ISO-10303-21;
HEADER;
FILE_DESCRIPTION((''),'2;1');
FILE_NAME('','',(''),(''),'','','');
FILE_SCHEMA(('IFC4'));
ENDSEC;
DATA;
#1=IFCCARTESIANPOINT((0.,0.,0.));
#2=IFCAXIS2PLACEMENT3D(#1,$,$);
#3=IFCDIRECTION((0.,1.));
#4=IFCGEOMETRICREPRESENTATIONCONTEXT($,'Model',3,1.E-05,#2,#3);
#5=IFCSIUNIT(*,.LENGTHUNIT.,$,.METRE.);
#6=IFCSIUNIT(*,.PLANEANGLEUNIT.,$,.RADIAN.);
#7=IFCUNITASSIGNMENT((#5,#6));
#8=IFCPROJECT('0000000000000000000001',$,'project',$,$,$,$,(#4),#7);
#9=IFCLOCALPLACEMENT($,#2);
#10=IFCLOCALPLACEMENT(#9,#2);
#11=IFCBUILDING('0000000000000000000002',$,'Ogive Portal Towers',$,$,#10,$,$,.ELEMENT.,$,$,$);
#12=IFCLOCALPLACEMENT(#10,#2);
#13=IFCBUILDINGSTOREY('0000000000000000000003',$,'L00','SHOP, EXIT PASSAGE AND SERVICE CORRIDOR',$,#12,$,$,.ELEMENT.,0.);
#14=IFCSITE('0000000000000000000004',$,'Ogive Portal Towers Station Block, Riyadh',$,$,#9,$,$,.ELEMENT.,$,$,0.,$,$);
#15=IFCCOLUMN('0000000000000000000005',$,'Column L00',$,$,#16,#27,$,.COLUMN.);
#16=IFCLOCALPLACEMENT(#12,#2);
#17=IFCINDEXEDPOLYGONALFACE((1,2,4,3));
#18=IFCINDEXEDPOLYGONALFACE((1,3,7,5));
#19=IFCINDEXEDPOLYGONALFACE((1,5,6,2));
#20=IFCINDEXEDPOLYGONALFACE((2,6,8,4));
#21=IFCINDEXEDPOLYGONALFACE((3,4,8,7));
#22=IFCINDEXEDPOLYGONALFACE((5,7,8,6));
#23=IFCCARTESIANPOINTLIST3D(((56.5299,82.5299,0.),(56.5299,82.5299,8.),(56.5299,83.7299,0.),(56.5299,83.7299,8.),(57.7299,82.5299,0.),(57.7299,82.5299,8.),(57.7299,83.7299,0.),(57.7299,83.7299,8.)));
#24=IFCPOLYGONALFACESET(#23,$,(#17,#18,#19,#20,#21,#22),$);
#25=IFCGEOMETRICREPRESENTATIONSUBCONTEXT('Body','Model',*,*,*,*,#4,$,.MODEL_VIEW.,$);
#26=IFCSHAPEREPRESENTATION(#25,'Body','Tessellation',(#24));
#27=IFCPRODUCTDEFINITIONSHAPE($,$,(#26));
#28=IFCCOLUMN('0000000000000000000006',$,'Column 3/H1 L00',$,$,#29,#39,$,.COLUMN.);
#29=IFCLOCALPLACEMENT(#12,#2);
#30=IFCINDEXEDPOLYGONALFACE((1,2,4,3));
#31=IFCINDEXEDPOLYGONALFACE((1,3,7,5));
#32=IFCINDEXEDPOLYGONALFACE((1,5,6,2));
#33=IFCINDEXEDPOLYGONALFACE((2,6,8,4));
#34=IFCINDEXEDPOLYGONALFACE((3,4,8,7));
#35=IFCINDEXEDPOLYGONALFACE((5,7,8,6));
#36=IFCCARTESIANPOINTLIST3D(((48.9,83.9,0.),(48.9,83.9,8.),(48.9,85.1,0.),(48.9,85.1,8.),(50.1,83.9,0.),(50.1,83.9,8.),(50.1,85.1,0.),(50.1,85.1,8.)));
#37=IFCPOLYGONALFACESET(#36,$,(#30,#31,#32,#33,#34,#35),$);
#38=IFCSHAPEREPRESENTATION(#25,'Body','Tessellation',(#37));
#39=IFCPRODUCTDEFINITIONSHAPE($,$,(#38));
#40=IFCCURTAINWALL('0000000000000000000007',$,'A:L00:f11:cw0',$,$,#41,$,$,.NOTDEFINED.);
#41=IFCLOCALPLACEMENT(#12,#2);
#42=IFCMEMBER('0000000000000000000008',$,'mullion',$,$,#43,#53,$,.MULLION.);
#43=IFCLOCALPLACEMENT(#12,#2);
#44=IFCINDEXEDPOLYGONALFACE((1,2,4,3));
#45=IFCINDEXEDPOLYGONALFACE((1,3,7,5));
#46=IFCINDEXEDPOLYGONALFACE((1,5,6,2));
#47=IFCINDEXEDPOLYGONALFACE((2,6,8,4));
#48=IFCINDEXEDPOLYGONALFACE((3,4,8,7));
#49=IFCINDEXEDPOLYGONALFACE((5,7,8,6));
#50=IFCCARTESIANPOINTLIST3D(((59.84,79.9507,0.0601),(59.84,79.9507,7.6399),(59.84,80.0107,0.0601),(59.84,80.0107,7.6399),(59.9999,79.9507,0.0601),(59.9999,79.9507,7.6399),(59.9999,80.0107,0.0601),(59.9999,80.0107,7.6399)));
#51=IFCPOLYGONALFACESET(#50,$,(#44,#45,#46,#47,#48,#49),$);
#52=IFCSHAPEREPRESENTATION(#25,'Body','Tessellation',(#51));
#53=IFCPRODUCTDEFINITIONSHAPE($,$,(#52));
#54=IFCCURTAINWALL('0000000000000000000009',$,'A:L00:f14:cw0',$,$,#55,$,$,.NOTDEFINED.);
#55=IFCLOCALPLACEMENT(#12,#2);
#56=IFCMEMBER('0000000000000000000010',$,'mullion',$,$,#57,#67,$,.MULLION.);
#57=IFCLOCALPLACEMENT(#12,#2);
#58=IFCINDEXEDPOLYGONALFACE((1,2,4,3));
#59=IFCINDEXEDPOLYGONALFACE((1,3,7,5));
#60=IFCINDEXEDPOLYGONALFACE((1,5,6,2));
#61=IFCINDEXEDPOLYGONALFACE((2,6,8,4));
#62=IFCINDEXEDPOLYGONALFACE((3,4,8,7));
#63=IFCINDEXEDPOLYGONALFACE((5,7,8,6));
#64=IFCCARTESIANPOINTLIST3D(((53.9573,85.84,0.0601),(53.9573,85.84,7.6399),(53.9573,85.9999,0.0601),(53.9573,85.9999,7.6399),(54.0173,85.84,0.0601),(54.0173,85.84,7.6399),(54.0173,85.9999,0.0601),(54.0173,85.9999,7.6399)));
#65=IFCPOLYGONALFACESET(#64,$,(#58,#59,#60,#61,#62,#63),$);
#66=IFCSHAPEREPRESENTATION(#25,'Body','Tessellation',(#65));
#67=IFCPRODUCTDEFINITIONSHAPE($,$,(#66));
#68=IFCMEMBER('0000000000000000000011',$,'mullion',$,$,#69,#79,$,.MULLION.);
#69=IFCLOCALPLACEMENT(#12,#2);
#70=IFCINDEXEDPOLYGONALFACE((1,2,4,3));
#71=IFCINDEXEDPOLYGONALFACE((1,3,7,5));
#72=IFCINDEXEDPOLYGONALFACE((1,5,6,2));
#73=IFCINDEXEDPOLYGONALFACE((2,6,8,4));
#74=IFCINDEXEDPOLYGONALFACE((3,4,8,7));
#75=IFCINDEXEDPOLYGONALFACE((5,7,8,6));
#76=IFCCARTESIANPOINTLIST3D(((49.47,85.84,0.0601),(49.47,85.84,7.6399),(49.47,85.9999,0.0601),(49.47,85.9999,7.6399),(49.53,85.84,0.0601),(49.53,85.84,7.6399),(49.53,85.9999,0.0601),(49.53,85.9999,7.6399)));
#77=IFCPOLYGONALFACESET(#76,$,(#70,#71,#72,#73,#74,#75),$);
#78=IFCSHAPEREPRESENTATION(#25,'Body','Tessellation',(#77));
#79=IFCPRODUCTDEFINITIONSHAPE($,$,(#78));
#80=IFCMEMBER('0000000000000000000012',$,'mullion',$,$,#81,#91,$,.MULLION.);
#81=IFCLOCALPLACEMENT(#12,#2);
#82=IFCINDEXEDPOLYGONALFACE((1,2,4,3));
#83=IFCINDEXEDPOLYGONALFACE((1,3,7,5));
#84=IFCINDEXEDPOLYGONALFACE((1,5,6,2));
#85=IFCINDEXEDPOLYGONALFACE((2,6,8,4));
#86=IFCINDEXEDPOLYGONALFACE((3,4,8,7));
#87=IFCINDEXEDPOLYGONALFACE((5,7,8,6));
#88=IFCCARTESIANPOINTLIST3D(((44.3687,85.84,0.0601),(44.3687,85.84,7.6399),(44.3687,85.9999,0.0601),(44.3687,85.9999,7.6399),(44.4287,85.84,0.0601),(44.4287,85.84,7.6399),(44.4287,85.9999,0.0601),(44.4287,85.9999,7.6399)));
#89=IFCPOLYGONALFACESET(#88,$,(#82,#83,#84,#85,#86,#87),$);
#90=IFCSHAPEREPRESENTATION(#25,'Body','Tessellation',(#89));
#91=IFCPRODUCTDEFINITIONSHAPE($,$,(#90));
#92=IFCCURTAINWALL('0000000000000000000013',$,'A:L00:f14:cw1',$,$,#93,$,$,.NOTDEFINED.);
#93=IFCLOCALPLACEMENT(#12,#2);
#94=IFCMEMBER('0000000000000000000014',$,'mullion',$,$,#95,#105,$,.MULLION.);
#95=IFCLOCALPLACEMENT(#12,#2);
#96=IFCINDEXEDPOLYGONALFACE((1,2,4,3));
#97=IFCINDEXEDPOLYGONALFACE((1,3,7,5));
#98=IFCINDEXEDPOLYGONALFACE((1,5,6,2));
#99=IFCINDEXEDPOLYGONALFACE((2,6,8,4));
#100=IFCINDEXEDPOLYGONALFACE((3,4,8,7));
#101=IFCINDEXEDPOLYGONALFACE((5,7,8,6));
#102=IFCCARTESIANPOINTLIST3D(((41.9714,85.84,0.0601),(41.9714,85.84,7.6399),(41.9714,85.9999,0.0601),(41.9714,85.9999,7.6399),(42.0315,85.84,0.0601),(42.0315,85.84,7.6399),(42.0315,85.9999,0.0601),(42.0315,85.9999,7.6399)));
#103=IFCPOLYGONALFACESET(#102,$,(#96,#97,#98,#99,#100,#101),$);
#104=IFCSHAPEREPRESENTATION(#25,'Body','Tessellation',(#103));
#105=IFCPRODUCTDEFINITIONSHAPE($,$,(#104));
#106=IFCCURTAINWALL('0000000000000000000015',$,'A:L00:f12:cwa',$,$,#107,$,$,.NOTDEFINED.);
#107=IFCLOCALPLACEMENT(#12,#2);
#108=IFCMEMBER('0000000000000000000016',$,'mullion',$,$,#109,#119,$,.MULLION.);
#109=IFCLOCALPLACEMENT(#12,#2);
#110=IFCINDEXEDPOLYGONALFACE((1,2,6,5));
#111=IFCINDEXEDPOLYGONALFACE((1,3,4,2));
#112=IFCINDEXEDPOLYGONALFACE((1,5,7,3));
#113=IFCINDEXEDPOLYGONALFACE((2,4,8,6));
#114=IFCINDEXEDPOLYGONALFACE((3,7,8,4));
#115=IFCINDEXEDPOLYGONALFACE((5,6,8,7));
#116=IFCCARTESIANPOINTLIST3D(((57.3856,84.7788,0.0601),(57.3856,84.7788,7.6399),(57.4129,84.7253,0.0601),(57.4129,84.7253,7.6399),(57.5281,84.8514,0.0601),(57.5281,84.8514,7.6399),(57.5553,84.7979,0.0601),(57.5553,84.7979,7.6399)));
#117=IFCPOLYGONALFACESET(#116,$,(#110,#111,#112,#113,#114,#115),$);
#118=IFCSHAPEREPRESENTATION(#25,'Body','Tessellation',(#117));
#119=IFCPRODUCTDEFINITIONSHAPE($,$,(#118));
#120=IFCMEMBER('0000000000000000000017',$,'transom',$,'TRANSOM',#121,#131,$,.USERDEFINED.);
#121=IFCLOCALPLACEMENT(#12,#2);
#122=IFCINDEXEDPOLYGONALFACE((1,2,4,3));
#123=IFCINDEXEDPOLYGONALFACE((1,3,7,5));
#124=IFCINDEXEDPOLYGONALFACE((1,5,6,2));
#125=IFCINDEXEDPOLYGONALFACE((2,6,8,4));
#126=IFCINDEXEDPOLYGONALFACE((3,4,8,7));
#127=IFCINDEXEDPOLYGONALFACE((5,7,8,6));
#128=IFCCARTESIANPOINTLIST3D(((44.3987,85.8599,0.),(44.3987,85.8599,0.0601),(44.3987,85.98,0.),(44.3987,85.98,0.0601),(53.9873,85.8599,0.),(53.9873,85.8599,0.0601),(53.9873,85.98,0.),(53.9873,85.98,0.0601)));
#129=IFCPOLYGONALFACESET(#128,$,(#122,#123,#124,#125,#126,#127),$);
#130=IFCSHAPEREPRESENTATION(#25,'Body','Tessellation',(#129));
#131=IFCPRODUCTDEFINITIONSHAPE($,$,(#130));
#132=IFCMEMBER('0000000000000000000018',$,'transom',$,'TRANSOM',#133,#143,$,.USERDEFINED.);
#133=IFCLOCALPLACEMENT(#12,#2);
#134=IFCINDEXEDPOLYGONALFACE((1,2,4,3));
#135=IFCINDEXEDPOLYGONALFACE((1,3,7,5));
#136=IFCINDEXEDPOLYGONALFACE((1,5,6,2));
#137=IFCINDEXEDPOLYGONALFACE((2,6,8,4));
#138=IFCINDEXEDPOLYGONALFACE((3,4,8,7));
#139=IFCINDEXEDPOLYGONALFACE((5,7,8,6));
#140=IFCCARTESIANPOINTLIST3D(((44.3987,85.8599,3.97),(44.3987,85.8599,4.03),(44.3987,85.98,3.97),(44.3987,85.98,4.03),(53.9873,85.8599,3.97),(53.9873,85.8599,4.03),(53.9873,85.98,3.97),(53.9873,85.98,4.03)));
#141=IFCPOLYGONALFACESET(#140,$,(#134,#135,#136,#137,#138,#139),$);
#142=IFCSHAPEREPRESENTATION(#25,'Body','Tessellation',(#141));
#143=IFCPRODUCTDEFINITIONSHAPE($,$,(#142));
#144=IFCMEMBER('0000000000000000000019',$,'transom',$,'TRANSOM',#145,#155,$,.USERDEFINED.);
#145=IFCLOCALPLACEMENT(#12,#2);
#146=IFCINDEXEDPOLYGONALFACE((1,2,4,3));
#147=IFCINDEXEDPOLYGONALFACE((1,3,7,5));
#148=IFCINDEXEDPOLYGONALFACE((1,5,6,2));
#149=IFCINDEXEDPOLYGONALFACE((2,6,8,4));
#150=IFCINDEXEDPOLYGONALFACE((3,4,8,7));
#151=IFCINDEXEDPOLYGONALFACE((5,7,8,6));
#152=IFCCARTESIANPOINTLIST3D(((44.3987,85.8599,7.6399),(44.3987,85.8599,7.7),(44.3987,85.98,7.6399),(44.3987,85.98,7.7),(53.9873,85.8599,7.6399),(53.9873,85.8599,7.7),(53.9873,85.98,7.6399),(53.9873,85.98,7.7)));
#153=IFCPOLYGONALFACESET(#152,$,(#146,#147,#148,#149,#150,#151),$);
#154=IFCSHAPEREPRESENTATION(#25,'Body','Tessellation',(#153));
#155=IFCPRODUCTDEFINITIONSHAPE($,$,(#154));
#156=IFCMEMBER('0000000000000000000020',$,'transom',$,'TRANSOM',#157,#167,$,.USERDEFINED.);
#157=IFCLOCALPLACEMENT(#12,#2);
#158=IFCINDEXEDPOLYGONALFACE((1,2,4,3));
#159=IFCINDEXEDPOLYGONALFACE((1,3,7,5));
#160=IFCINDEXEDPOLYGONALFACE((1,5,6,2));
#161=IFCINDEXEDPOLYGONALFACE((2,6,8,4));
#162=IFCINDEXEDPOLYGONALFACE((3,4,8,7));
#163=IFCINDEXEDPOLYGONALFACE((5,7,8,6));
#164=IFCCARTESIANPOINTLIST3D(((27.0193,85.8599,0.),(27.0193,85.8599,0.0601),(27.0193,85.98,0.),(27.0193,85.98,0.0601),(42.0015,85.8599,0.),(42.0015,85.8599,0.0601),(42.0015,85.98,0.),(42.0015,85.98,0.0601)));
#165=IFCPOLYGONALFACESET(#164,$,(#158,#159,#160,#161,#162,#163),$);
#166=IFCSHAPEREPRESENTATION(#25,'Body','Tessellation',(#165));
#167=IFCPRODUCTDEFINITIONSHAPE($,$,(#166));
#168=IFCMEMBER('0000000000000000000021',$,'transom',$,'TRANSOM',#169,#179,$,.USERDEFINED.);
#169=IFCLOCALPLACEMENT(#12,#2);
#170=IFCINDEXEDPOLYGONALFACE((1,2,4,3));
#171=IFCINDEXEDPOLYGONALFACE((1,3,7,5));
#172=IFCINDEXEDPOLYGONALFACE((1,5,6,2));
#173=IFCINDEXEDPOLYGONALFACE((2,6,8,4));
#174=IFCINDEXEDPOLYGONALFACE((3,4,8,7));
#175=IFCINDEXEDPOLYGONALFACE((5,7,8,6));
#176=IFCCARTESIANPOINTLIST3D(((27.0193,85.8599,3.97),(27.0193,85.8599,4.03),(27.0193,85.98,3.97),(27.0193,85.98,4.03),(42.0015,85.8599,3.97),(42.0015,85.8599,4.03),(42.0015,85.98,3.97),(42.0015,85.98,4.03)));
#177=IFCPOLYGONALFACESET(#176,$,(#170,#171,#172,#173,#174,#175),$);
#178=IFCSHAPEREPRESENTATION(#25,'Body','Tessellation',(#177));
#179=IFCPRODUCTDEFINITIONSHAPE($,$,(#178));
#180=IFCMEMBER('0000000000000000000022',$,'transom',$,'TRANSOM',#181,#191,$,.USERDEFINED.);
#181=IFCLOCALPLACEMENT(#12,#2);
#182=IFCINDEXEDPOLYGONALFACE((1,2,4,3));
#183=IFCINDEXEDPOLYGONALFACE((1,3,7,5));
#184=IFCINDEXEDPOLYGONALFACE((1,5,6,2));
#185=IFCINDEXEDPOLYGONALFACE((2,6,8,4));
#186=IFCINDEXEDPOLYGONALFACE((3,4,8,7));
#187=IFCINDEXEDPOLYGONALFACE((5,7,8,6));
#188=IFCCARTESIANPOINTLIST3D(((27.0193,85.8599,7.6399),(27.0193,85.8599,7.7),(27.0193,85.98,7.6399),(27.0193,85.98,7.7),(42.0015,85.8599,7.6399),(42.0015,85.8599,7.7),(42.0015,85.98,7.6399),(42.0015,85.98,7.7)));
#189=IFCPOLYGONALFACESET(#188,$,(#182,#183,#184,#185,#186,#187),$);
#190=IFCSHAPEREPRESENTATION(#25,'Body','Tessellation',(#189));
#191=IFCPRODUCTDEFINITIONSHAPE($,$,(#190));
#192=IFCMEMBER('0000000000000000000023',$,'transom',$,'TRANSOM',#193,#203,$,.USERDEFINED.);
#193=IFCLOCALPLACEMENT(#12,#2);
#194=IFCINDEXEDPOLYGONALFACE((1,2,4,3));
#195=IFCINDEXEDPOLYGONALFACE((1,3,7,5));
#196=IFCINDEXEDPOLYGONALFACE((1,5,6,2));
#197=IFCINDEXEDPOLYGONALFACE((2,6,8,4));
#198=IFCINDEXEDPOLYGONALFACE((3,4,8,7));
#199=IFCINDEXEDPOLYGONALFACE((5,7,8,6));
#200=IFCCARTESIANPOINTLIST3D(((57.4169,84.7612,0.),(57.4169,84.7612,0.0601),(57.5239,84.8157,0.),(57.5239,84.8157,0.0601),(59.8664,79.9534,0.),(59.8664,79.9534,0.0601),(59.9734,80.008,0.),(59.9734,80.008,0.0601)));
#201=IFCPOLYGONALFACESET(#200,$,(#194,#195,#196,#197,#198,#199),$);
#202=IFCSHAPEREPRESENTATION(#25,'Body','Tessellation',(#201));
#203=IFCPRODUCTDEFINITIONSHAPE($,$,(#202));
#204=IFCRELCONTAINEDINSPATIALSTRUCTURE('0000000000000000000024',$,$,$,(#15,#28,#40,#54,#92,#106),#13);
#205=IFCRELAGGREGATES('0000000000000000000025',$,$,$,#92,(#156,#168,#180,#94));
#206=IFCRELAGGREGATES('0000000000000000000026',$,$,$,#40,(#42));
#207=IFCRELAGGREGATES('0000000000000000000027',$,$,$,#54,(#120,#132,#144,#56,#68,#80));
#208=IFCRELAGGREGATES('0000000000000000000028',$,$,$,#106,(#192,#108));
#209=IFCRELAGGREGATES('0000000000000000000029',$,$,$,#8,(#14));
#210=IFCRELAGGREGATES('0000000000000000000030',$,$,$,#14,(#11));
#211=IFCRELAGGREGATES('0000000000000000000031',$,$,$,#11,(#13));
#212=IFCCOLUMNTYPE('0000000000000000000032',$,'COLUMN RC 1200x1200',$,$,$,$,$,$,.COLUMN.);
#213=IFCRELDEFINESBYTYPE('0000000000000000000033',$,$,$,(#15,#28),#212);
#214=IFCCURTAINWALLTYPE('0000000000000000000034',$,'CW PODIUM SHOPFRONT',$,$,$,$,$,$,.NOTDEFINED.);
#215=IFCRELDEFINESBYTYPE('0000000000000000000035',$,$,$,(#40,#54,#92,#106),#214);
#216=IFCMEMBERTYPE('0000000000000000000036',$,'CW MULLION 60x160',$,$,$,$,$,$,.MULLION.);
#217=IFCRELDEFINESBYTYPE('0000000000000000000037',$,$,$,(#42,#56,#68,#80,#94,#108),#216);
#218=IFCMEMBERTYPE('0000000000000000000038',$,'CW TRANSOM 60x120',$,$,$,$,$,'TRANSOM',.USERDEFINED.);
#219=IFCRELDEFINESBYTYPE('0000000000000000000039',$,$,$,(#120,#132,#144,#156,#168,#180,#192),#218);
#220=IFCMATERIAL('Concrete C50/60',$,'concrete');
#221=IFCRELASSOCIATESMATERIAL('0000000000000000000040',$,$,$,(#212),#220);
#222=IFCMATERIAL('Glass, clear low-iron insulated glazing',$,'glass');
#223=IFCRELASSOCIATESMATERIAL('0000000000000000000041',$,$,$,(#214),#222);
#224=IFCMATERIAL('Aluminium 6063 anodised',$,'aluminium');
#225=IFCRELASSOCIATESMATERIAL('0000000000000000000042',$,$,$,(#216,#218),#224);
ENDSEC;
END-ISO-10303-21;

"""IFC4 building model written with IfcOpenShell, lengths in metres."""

from ifc_helpers import new_model, si_unit, direction, frame, origin, origin_2d, place, context, subcontext, project, spatial, rectangle, extrude, material, material_profile, profile_set, type_object, element, aggregate, save


model = new_model("IFC4")

# Units and contexts
model_context = context("Model", 3, precision=1e-05, world=origin(), true_north=direction((0.0, 1.0)))
body_context = subcontext(model_context, "Body", "Model", "MODEL_VIEW")
ifc_project = project(units=[si_unit("LENGTHUNIT", "METRE"), si_unit("PLANEANGLEUNIT", "RADIAN")], contexts=[model_context])

# Site, building, storey
site_placement = place(None, origin())
site = spatial("IfcSite", under=ifc_project, at=site_placement, Name="Ogive Portal Towers Station Block, Riyadh", CompositionType="ELEMENT", RefElevation=0.0)
building_placement = place(site_placement, origin())
building = spatial("IfcBuilding", under=site, at=building_placement, Name="Ogive Portal Towers", CompositionType="ELEMENT")
storey_placement = place(building_placement, origin())
storey = spatial("IfcBuildingStorey", under=building, at=storey_placement, Name="L00", Description="SHOP, EXIT PASSAGE AND SERVICE CORRIDOR", CompositionType="ELEMENT", Elevation=0.0)

# Columns
ifc_material_1 = material(Name="Concrete C50/60", Category="concrete")
ifc_material_profile_1 = material_profile(ifc_material_1, rectangle(XDim=1.2, YDim=1.2, at=origin_2d()), Name="RC 1200x1200")
ifc_profile_set_1 = profile_set([ifc_material_profile_1], Name="Concrete C50/60")
column_type = type_object("IfcColumnType", Name="COLUMN RC 1200x1200", PredefinedType="COLUMN", material=ifc_profile_set_1)
for number, where, z_axis, x_axis, name in (
    (1, (57.1299, 83.1299, 0.0), (0.0, 0.0, 1.0), (1.0, 0.0, 0.0), "Column L00"),
    (2, (49.5, 84.5, 0.0), (0.0, 0.0, 1.0), (1.0, 0.0, 0.0), "Column 3/H1 L00"),
):
    element("IfcColumn", number, at=place(storey_placement, frame(where, z_axis=z_axis, x_axis=x_axis)), inside=storey, type_object=column_type, Name=name, PredefinedType="COLUMN", context=body_context, shape_type="SweptSolid", body=[
        extrude(rectangle(XDim=1.2, YDim=1.2, at=origin_2d()), origin(), (0.0, 0.0, 1.0), 8.0),
    ])

# Curtain wall, member
ifc_material_2 = material(Name="Glass, clear low-iron insulated glazing", Category="glass")
curtain_wall_type = type_object("IfcCurtainWallType", Name="CW PODIUM SHOPFRONT", PredefinedType="NOTDEFINED", material=ifc_material_2)
curtain_wall_1_placement = place(storey_placement, origin())
curtain_wall_1 = element("IfcCurtainWall", 3, at=curtain_wall_1_placement, inside=storey, type_object=curtain_wall_type, Name="A:L00:f11:cw0", PredefinedType="NOTDEFINED")
ifc_material_3 = material(Name="Aluminium 6063 anodised", Category="aluminium")
ifc_material_profile_2 = material_profile(ifc_material_3, rectangle(XDim=0.1599, YDim=0.0601, at=origin_2d()), Name="AL 60x160")
ifc_profile_set_2 = profile_set([ifc_material_profile_2], Name="Aluminium 6063 anodised")
member_type_1 = type_object("IfcMemberType", Name="CW MULLION 60x160", PredefinedType="MULLION", material=ifc_profile_set_2)
member_1_placement = place(storey_placement, frame((59.9199, 79.9807, 0.0601), z_axis=(0.0, 0.0, 1.0), x_axis=(-1.0, 0.0, 0.0)))
member_1 = element("IfcMember", 4, at=member_1_placement, type_object=member_type_1, Name="mullion", PredefinedType="MULLION", context=body_context, shape_type="SweptSolid", body=[
    extrude(rectangle(XDim=0.1599, YDim=0.0601, at=origin_2d()), origin(), (0.0, 0.0, 1.0), 7.5798),
])

# Curtain wall, members
curtain_wall_2_placement = place(storey_placement, origin())
curtain_wall_2 = element("IfcCurtainWall", 5, at=curtain_wall_2_placement, inside=storey, type_object=curtain_wall_type, Name="A:L00:f14:cw0", PredefinedType="NOTDEFINED")
member_2_placement = place(storey_placement, frame((53.9873, 85.9199, 0.0601), z_axis=(0.0, 0.0, 1.0), x_axis=(0.0, -1.0, 0.0)))
member_2 = element("IfcMember", 6, at=member_2_placement, type_object=member_type_1, Name="mullion", PredefinedType="MULLION", context=body_context, shape_type="SweptSolid", body=[
    extrude(rectangle(XDim=0.1599, YDim=0.0601, at=origin_2d()), origin(), (0.0, 0.0, 1.0), 7.5798),
])
member_3_placement = place(storey_placement, frame((49.5, 85.9199, 0.0601), z_axis=(0.0, 0.0, 1.0), x_axis=(0.0, -1.0, 0.0)))
member_3 = element("IfcMember", 7, at=member_3_placement, type_object=member_type_1, Name="mullion", PredefinedType="MULLION", context=body_context, shape_type="SweptSolid", body=[
    extrude(rectangle(XDim=0.1599, YDim=0.0601, at=origin_2d()), origin(), (0.0, 0.0, 1.0), 7.5798),
])
member_4_placement = place(storey_placement, frame((44.3987, 85.9199, 0.0601), z_axis=(0.0, 0.0, 1.0), x_axis=(0.0, -1.0, 0.0)))
member_4 = element("IfcMember", 8, at=member_4_placement, type_object=member_type_1, Name="mullion", PredefinedType="MULLION", context=body_context, shape_type="SweptSolid", body=[
    extrude(rectangle(XDim=0.1599, YDim=0.0601, at=origin_2d()), origin(), (0.0, 0.0, 1.0), 7.5798),
])

# Curtain walls, members
curtain_wall_3_placement = place(storey_placement, origin())
curtain_wall_3 = element("IfcCurtainWall", 9, at=curtain_wall_3_placement, inside=storey, type_object=curtain_wall_type, Name="A:L00:f14:cw1", PredefinedType="NOTDEFINED")
member_5_placement = place(storey_placement, frame((42.0015, 85.9199, 0.0601), z_axis=(0.0, 0.0, 1.0), x_axis=(0.0, -1.0, 0.0)))
member_5 = element("IfcMember", 10, at=member_5_placement, type_object=member_type_1, Name="mullion", PredefinedType="MULLION", context=body_context, shape_type="SweptSolid", body=[
    extrude(rectangle(XDim=0.1599, YDim=0.0601, at=origin_2d()), origin(), (0.0, 0.0, 1.0), 7.5798),
])
curtain_wall_4_placement = place(storey_placement, origin())
curtain_wall_4 = element("IfcCurtainWall", 11, at=curtain_wall_4_placement, inside=storey, type_object=curtain_wall_type, Name="A:L00:f12:cwa", PredefinedType="NOTDEFINED")
member_6_placement = place(storey_placement, frame((57.4705, 84.7883, 0.0601), z_axis=(0.0, 0.0, 1.0), x_axis=(-0.891007, -0.45399, 0.0)))
member_6 = element("IfcMember", 12, at=member_6_placement, type_object=member_type_1, Name="mullion", PredefinedType="MULLION", context=body_context, shape_type="SweptSolid", body=[
    extrude(rectangle(XDim=0.1599, YDim=0.0601, at=origin_2d()), origin(), (0.0, 0.0, 1.0), 7.5798),
])

# Members
ifc_material_profile_3 = material_profile(ifc_material_3, rectangle(XDim=0.1201, YDim=0.0601, at=origin_2d()), Name="AL 120x60")
ifc_profile_set_3 = profile_set([ifc_material_profile_3], Name="Aluminium 6063 anodised")
member_type_2 = type_object("IfcMemberType", Name="CW TRANSOM 60x120", ElementType="TRANSOM", PredefinedType="USERDEFINED", material=ifc_profile_set_3)
member_7_placement = place(storey_placement, frame((53.9873, 85.9199, 0.03), z_axis=(-1.0, 0.0, 0.0), x_axis=(0.0, -1.0, 0.0)))
member_7 = element("IfcMember", 13, at=member_7_placement, type_object=member_type_2, Name="transom", ObjectType="TRANSOM", PredefinedType="USERDEFINED", context=body_context, shape_type="SweptSolid", body=[
    extrude(rectangle(XDim=0.1201, YDim=0.0601, at=origin_2d()), origin(), (0.0, 0.0, 1.0), 9.5886),
])
member_8_placement = place(storey_placement, frame((53.9873, 85.9199, 4.0), z_axis=(-1.0, 0.0, 0.0), x_axis=(0.0, -1.0, 0.0)))
member_8 = element("IfcMember", 14, at=member_8_placement, type_object=member_type_2, Name="transom", ObjectType="TRANSOM", PredefinedType="USERDEFINED", context=body_context, shape_type="SweptSolid", body=[
    extrude(rectangle(XDim=0.1201, YDim=0.0601, at=origin_2d()), origin(), (0.0, 0.0, 1.0), 9.5886),
])
member_9_placement = place(storey_placement, frame((53.9873, 85.9199, 7.6699), z_axis=(-1.0, 0.0, 0.0), x_axis=(0.0, -1.0, 0.0)))
member_9 = element("IfcMember", 15, at=member_9_placement, type_object=member_type_2, Name="transom", ObjectType="TRANSOM", PredefinedType="USERDEFINED", context=body_context, shape_type="SweptSolid", body=[
    extrude(rectangle(XDim=0.1201, YDim=0.0601, at=origin_2d()), origin(), (0.0, 0.0, 1.0), 9.5886),
])
member_10_placement = place(storey_placement, frame((42.0015, 85.9199, 0.03), z_axis=(-1.0, 0.0, 0.0), x_axis=(0.0, -1.0, 0.0)))
member_10 = element("IfcMember", 16, at=member_10_placement, type_object=member_type_2, Name="transom", ObjectType="TRANSOM", PredefinedType="USERDEFINED", context=body_context, shape_type="SweptSolid", body=[
    extrude(rectangle(XDim=0.1201, YDim=0.0601, at=origin_2d()), origin(), (0.0, 0.0, 1.0), 14.9822),
])
member_11_placement = place(storey_placement, frame((42.0015, 85.9199, 4.0), z_axis=(-1.0, 0.0, 0.0), x_axis=(0.0, -1.0, 0.0)))
member_11 = element("IfcMember", 17, at=member_11_placement, type_object=member_type_2, Name="transom", ObjectType="TRANSOM", PredefinedType="USERDEFINED", context=body_context, shape_type="SweptSolid", body=[
    extrude(rectangle(XDim=0.1201, YDim=0.0601, at=origin_2d()), origin(), (0.0, 0.0, 1.0), 14.9822),
])
member_12_placement = place(storey_placement, frame((42.0015, 85.9199, 7.6699), z_axis=(-1.0, 0.0, 0.0), x_axis=(0.0, -1.0, 0.0)))
member_12 = element("IfcMember", 18, at=member_12_placement, type_object=member_type_2, Name="transom", ObjectType="TRANSOM", PredefinedType="USERDEFINED", context=body_context, shape_type="SweptSolid", body=[
    extrude(rectangle(XDim=0.1201, YDim=0.0601, at=origin_2d()), origin(), (0.0, 0.0, 1.0), 14.9822),
])
aggregate(curtain_wall_3, [member_10, member_11, member_12, member_5])
member_13_placement = place(storey_placement, frame((59.9199, 79.9807, 0.03), z_axis=(-0.45397, 0.891017, 0.0), x_axis=(-0.891017, -0.45397, 0.0)))
member_13 = element("IfcMember", 19, at=member_13_placement, type_object=member_type_2, Name="transom", ObjectType="TRANSOM", PredefinedType="USERDEFINED", context=body_context, shape_type="SweptSolid", body=[
    extrude(rectangle(XDim=0.1201, YDim=0.0601, at=origin_2d()), origin(), (0.0, 0.0, 1.0), 5.3958),
])

aggregate(curtain_wall_1, [member_1])
aggregate(curtain_wall_2, [member_7, member_8, member_9, member_2, member_3, member_4])
aggregate(curtain_wall_4, [member_13, member_6])

save(model, "model.ifc")
